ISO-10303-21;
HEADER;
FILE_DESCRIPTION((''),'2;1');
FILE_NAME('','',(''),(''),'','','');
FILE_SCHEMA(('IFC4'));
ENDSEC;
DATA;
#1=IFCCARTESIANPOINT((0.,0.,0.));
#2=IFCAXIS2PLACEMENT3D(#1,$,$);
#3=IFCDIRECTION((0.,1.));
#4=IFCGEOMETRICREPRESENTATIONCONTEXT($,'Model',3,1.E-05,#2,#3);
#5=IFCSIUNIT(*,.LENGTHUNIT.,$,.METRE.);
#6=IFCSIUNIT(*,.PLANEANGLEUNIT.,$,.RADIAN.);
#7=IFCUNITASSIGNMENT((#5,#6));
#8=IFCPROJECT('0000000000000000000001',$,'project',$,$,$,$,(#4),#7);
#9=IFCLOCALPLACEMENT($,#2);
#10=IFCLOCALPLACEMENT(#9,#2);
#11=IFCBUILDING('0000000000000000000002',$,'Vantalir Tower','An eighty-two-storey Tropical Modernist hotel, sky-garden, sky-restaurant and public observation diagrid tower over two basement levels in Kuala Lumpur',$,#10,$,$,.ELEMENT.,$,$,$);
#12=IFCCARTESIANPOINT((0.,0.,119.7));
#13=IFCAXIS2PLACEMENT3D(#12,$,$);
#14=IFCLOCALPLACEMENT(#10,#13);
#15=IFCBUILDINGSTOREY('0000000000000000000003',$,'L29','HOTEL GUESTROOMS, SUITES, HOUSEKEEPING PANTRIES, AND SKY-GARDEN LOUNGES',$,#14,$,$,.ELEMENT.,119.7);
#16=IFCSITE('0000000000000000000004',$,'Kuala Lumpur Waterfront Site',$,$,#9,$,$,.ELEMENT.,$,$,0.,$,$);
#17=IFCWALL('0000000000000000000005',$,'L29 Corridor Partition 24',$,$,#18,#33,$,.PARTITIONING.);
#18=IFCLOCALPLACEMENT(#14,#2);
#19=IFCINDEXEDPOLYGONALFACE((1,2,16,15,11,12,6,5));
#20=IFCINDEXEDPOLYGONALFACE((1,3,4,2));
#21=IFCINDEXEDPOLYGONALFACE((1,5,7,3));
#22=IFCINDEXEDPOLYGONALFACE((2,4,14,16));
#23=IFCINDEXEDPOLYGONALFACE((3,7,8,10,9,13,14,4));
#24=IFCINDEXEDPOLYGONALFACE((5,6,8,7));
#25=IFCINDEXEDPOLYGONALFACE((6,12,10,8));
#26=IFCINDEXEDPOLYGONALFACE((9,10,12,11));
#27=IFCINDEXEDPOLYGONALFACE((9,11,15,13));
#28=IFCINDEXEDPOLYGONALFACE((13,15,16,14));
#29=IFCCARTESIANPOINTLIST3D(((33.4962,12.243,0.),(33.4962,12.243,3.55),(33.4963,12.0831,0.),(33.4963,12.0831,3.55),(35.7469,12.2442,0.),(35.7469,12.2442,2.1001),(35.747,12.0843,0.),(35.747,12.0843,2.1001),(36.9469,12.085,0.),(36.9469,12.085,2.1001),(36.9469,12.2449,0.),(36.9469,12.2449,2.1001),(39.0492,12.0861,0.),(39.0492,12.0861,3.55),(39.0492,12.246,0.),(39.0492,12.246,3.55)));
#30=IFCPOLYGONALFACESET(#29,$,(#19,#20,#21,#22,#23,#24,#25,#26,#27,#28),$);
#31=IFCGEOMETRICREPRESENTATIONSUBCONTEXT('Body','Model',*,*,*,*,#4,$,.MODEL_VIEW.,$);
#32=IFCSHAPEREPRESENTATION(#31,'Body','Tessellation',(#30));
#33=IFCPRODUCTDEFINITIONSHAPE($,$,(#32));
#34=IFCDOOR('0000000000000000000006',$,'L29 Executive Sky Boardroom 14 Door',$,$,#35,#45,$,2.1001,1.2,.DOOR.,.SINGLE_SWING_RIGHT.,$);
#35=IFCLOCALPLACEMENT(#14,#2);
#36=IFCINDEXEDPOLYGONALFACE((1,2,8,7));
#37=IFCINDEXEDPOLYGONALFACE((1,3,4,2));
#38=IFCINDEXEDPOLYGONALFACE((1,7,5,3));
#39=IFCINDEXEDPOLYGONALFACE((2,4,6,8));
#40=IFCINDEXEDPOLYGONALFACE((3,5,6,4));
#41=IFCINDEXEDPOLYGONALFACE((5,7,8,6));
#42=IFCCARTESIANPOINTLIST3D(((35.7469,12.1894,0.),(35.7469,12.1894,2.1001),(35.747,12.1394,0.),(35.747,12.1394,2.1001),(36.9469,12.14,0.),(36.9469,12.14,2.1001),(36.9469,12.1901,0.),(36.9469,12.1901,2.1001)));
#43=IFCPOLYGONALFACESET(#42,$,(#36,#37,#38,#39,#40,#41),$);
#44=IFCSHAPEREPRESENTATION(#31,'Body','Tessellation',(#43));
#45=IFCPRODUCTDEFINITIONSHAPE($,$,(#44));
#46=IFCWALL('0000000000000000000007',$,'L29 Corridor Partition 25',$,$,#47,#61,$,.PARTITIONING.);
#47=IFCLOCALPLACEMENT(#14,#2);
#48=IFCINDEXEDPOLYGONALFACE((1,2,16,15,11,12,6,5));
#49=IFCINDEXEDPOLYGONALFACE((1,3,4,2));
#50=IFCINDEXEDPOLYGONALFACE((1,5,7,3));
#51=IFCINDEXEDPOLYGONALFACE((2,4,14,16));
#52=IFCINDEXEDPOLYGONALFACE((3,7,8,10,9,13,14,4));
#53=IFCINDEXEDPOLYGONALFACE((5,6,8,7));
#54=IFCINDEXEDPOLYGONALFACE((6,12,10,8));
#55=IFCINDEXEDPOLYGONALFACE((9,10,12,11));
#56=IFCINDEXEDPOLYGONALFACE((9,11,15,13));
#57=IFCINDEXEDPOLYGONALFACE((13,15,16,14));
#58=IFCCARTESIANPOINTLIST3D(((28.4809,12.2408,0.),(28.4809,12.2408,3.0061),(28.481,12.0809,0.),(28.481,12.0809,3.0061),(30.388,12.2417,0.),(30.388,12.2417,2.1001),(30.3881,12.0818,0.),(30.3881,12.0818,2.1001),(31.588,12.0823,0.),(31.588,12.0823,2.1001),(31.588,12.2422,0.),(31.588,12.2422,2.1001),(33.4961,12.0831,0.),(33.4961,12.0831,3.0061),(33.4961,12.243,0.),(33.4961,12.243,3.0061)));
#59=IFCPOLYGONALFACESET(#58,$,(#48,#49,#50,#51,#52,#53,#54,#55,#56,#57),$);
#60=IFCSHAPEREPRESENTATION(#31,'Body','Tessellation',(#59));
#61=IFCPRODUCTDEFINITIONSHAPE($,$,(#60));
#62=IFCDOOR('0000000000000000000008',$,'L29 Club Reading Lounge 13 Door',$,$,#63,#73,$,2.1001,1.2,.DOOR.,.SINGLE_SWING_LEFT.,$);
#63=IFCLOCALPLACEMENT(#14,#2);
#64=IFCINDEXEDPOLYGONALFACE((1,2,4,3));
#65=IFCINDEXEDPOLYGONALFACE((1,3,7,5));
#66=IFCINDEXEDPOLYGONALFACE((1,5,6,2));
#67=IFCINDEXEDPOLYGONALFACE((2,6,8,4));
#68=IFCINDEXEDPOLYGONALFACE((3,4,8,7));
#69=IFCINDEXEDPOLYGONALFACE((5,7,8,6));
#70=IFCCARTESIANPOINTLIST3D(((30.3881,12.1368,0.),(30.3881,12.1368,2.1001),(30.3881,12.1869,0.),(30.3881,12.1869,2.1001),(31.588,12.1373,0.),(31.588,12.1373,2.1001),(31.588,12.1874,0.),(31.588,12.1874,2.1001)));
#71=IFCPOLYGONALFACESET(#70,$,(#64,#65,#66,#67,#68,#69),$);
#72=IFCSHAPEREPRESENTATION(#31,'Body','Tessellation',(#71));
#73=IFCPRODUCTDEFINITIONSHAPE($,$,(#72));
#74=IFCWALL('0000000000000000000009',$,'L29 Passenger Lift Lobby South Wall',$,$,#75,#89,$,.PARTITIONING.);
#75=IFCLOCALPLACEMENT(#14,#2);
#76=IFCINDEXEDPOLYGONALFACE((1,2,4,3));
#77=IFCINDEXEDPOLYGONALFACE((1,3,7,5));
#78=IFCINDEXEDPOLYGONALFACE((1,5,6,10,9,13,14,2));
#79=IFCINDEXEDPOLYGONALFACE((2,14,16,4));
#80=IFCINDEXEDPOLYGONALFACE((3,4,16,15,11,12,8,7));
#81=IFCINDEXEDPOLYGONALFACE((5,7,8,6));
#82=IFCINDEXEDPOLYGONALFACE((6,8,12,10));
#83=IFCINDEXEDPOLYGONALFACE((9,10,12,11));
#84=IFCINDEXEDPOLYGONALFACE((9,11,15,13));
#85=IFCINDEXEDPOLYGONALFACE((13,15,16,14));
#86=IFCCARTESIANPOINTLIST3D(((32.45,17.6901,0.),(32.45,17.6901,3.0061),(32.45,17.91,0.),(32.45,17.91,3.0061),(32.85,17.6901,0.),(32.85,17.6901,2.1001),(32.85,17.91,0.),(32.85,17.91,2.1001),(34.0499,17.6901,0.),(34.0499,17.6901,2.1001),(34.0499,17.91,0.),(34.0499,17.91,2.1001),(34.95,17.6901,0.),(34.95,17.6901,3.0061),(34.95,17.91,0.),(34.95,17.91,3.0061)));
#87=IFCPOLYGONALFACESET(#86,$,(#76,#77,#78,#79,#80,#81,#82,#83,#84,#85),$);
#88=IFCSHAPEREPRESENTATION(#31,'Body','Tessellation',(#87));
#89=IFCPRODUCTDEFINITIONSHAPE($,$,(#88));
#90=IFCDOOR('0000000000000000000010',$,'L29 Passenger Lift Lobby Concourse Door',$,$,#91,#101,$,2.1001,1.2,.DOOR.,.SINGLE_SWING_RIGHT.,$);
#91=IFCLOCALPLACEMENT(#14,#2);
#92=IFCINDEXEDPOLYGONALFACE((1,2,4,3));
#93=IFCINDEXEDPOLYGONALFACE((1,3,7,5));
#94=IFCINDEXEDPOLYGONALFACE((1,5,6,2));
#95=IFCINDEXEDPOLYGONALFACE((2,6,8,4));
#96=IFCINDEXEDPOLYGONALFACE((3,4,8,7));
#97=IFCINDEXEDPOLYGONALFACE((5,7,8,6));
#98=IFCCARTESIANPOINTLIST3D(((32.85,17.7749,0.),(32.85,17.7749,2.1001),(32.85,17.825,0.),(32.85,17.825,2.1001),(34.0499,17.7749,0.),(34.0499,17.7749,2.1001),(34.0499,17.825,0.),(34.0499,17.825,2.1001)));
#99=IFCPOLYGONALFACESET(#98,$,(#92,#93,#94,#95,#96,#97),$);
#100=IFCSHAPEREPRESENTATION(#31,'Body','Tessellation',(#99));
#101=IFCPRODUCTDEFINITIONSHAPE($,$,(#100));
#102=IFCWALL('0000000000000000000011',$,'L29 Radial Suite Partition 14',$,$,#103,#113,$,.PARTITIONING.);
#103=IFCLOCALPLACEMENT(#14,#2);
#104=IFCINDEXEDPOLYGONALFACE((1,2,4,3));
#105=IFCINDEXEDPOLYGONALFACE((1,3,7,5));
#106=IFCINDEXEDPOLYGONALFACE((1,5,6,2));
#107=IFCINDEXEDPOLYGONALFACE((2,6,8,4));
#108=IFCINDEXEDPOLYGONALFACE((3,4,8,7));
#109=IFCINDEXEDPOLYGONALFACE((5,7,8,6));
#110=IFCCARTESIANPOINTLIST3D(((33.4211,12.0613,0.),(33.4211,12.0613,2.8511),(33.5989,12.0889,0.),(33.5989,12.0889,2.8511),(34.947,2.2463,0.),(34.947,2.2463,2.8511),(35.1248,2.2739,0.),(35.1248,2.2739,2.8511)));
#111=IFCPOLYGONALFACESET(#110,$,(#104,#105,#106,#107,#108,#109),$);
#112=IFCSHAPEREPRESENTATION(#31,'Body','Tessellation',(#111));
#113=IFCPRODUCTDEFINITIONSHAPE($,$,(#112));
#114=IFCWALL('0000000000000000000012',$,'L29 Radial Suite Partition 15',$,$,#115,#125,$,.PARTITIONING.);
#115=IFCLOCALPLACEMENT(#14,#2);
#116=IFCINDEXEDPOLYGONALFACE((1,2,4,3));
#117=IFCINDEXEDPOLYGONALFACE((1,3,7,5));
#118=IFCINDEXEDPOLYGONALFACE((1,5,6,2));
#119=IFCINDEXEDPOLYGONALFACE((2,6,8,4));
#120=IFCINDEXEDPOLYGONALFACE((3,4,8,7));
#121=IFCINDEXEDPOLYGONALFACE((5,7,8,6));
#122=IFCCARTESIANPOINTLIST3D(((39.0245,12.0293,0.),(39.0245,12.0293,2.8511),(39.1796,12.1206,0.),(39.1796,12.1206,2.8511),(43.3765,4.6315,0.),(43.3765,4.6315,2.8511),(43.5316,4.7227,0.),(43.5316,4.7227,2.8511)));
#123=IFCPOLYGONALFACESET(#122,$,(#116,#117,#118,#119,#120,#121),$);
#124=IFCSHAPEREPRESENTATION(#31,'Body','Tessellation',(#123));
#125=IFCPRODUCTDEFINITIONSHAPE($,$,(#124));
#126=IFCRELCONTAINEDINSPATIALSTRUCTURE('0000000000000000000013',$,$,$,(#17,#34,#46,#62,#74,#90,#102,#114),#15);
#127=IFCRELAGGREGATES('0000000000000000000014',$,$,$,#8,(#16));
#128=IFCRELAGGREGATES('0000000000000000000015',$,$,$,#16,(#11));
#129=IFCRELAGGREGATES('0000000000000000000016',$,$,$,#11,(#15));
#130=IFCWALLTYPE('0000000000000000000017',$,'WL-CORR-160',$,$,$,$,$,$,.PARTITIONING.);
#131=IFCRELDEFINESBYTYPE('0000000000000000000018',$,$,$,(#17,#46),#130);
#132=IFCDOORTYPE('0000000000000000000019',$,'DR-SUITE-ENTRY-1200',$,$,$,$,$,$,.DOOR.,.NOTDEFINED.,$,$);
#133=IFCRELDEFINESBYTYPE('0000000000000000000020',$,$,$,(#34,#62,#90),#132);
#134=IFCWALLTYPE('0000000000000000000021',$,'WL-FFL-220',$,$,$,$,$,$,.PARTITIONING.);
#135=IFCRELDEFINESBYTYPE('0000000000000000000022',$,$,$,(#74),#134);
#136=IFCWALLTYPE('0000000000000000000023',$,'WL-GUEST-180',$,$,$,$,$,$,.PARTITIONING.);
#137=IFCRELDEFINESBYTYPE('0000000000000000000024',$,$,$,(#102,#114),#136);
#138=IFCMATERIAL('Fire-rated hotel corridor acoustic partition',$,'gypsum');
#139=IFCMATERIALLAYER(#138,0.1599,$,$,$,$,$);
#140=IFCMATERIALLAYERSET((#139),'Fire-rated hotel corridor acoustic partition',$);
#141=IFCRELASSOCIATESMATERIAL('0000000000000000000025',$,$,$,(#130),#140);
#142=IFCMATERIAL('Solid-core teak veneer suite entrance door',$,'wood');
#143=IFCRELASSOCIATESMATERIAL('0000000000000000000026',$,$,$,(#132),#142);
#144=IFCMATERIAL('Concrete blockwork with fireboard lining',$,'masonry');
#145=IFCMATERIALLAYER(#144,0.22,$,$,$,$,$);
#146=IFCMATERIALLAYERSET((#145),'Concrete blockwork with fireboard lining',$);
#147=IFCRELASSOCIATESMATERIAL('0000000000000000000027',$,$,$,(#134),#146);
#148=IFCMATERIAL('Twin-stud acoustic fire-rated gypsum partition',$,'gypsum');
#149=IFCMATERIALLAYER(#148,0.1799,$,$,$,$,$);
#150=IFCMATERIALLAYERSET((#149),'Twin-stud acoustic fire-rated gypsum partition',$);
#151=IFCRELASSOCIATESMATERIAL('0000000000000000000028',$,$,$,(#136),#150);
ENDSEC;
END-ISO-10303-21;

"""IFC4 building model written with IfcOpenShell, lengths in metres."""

from ifc_helpers import new_model, si_unit, direction, frame, frame_2d, origin, place, context, subcontext, project, spatial, rectangle, extrude, material, layer, layer_set, type_object, element, fill, save


model = new_model("IFC4")

# Units and contexts
model_context = context("Model", 3, precision=1e-05, world=origin(), true_north=direction((0.0, 1.0)))
body_context = subcontext(model_context, "Body", "Model", "MODEL_VIEW")
ifc_project = project(units=[si_unit("LENGTHUNIT", "METRE"), si_unit("PLANEANGLEUNIT", "RADIAN")], contexts=[model_context])

# Site, building, storey
site_placement = place(None, origin())
site = spatial("IfcSite", under=ifc_project, at=site_placement, Name="Kuala Lumpur Waterfront Site", CompositionType="ELEMENT", RefElevation=0.0)
building_placement = place(site_placement, origin())
building = spatial("IfcBuilding", under=site, at=building_placement, Name="Vantalir Tower", Description="An eighty-two-storey Tropical Modernist hotel, sky-garden, sky-restaurant and public observation diagrid tower over two basement levels in Kuala Lumpur", CompositionType="ELEMENT")
storey_placement = place(building_placement, frame((0.0, 0.0, 119.7)))
storey = spatial("IfcBuildingStorey", under=building, at=storey_placement, Name="L29", Description="HOTEL GUESTROOMS, SUITES, HOUSEKEEPING PANTRIES, AND SKY-GARDEN LOUNGES", CompositionType="ELEMENT", Elevation=119.7)

# Shared definitions
ifc_material_1 = material(Name="Fire-rated hotel corridor acoustic partition", Category="gypsum")
ifc_layer_1 = layer(ifc_material_1, 0.1599)
ifc_layer_set_1 = layer_set([ifc_layer_1], Name="Fire-rated hotel corridor acoustic partition")
wall_type_1 = type_object("IfcWallType", Name="WL-CORR-160", PredefinedType="PARTITIONING", material=ifc_layer_set_1)

# Walls, openings, doors
wall_1_placement = place(storey_placement, frame((39.0491, 12.166, 0.0), z_axis=(0.0, 0.0, 1.0), x_axis=(-1.0, -0.000528, 0.0)))
wall_1 = element("IfcWall", 1, at=wall_1_placement, inside=storey, type_object=wall_type_1, Name="L29 Corridor Partition 24", PredefinedType="PARTITIONING", context=body_context, shape_type="SweptSolid", body=[
    extrude(rectangle(XDim=5.553, YDim=0.1599, at=frame_2d((2.7764, 0.0))), origin(), (0.0, 0.0, 1.0), 3.55),
])
opening_1_placement = place(wall_1_placement, frame((2.1021, 0.0, 0.0)))
opening_1 = element("IfcOpeningElement", 2, at=opening_1_placement, cuts=wall_1, PredefinedType="OPENING", context=body_context, shape_type="SweptSolid", body=[
    extrude(rectangle(XDim=1.2, YDim=2.1001, at=frame_2d((0.6001, 1.05))), frame((0.0, 0.0898, 0.0), z_axis=(0.0, -1.0, 0.0), x_axis=(1.0, 0.0, 0.0)), (0.0, 0.0, 1.0), 0.1799),
])
ifc_material_2 = material(Name="Solid-core teak veneer suite entrance door", Category="wood")
door_type = type_object("IfcDoorType", Name="DR-SUITE-ENTRY-1200", OperationType="NOTDEFINED", PredefinedType="DOOR", material=ifc_material_2)
door_1_placement = place(opening_1_placement, origin())
door_1 = element("IfcDoor", 3, at=door_1_placement, inside=storey, type_object=door_type, Name="L29 Executive Sky Boardroom 14 Door", OperationType="SINGLE_SWING_RIGHT", OverallHeight=2.1001, OverallWidth=1.2, PredefinedType="DOOR", context=body_context, shape_type="SweptSolid", body=[
    extrude(rectangle(XDim=1.2, YDim=2.1001, at=frame_2d((0.6001, 1.05))), frame((0.0, 0.0249, 0.0), z_axis=(0.0, -1.0, 0.0), x_axis=(1.0, 0.0, 0.0)), (0.0, 0.0, 1.0), 0.05),
])
fill(opening_1, door_1)
wall_2_placement = place(storey_placement, frame((33.4961, 12.1631, 0.0), z_axis=(0.0, 0.0, 1.0), x_axis=(-1.0, -0.000438, 0.0)))
wall_2 = element("IfcWall", 4, at=wall_2_placement, inside=storey, type_object=wall_type_1, Name="L29 Corridor Partition 25", PredefinedType="PARTITIONING", context=body_context, shape_type="SweptSolid", body=[
    extrude(rectangle(XDim=5.0151, YDim=0.1599, at=frame_2d((2.5076, 0.0))), origin(), (0.0, 0.0, 1.0), 3.0061),
])
opening_2_placement = place(wall_2_placement, frame((1.908, 0.0, 0.0)))
opening_2 = element("IfcOpeningElement", 5, at=opening_2_placement, cuts=wall_2, PredefinedType="OPENING", context=body_context, shape_type="SweptSolid", body=[
    extrude(rectangle(XDim=1.2, YDim=2.1001, at=frame_2d((0.6001, 1.05))), frame((0.0, 0.0898, 0.0), z_axis=(0.0, -1.0, 0.0), x_axis=(1.0, 0.0, 0.0)), (0.0, 0.0, 1.0), 0.1799),
])
door_2_placement = place(opening_2_placement, origin())
door_2 = element("IfcDoor", 6, at=door_2_placement, inside=storey, type_object=door_type, Name="L29 Club Reading Lounge 13 Door", OperationType="SINGLE_SWING_LEFT", OverallHeight=2.1001, OverallWidth=1.2, PredefinedType="DOOR", context=body_context, shape_type="SweptSolid", body=[
    extrude(rectangle(XDim=1.2, YDim=2.1001, at=frame_2d((0.6001, 1.05))), frame((0.0, 0.0249, 0.0), z_axis=(0.0, -1.0, 0.0), x_axis=(1.0, 0.0, 0.0)), (0.0, 0.0, 1.0), 0.05),
])
fill(opening_2, door_2)
ifc_material_3 = material(Name="Concrete blockwork with fireboard lining", Category="masonry")
ifc_layer_2 = layer(ifc_material_3, 0.22)
ifc_layer_set_2 = layer_set([ifc_layer_2], Name="Concrete blockwork with fireboard lining")
wall_type_2 = type_object("IfcWallType", Name="WL-FFL-220", PredefinedType="PARTITIONING", material=ifc_layer_set_2)
wall_3_placement = place(storey_placement, frame((32.45, 17.8, 0.0), z_axis=(0.0, 0.0, 1.0), x_axis=(1.0, 0.0, 0.0)))
wall_3 = element("IfcWall", 7, at=wall_3_placement, inside=storey, type_object=wall_type_2, Name="L29 Passenger Lift Lobby South Wall", PredefinedType="PARTITIONING", context=body_context, shape_type="SweptSolid", body=[
    extrude(rectangle(XDim=2.5, YDim=0.22, at=frame_2d((1.25, 0.0))), origin(), (0.0, 0.0, 1.0), 3.0061),
])
opening_3_placement = place(wall_3_placement, frame((0.3999, 0.0, 0.0)))
opening_3 = element("IfcOpeningElement", 8, at=opening_3_placement, cuts=wall_3, PredefinedType="OPENING", context=body_context, shape_type="SweptSolid", body=[
    extrude(rectangle(XDim=1.2, YDim=2.1001, at=frame_2d((0.6001, 1.05))), frame((0.0, 0.1199, 0.0), z_axis=(0.0, -1.0, 0.0), x_axis=(1.0, 0.0, 0.0)), (0.0, 0.0, 1.0), 0.24),
])
door_3_placement = place(opening_3_placement, origin())
door_3 = element("IfcDoor", 9, at=door_3_placement, inside=storey, type_object=door_type, Name="L29 Passenger Lift Lobby Concourse Door", OperationType="SINGLE_SWING_RIGHT", OverallHeight=2.1001, OverallWidth=1.2, PredefinedType="DOOR", context=body_context, shape_type="SweptSolid", body=[
    extrude(rectangle(XDim=1.2, YDim=2.1001, at=frame_2d((0.6001, 1.05))), frame((0.0, 0.0249, 0.0), z_axis=(0.0, -1.0, 0.0), x_axis=(1.0, 0.0, 0.0)), (0.0, 0.0, 1.0), 0.05),
])
fill(opening_3, door_3)

# Walls
ifc_material_4 = material(Name="Twin-stud acoustic fire-rated gypsum partition", Category="gypsum")
ifc_layer_3 = layer(ifc_material_4, 0.1799)
ifc_layer_set_3 = layer_set([ifc_layer_3], Name="Twin-stud acoustic fire-rated gypsum partition")
wall_type_3 = type_object("IfcWallType", Name="WL-GUEST-180", PredefinedType="PARTITIONING", material=ifc_layer_set_3)
wall_4_placement = place(storey_placement, frame((33.51, 12.075, 0.0), z_axis=(0.0, 0.0, 1.0), x_axis=(0.15362, -0.98813, 0.0)))
element("IfcWall", 10, at=wall_4_placement, inside=storey, type_object=wall_type_3, Name="L29 Radial Suite Partition 14", PredefinedType="PARTITIONING", context=body_context, shape_type="SweptSolid", body=[
    extrude(rectangle(XDim=9.9329, YDim=0.1799, at=frame_2d((4.9663, 0.0))), origin(), (0.0, 0.0, 1.0), 2.8511),
])
wall_5_placement = place(storey_placement, frame((39.1021, 12.075, 0.0), z_axis=(0.0, 0.0, 1.0), x_axis=(0.507047, -0.861918, 0.0)))
element("IfcWall", 11, at=wall_5_placement, inside=storey, type_object=wall_type_3, Name="L29 Radial Suite Partition 15", PredefinedType="PARTITIONING", context=body_context, shape_type="SweptSolid", body=[
    extrude(rectangle(XDim=8.583, YDim=0.1799, at=frame_2d((4.2915, 0.0))), origin(), (0.0, 0.0, 1.0), 2.8511),
])

save(model, "model.ifc")
